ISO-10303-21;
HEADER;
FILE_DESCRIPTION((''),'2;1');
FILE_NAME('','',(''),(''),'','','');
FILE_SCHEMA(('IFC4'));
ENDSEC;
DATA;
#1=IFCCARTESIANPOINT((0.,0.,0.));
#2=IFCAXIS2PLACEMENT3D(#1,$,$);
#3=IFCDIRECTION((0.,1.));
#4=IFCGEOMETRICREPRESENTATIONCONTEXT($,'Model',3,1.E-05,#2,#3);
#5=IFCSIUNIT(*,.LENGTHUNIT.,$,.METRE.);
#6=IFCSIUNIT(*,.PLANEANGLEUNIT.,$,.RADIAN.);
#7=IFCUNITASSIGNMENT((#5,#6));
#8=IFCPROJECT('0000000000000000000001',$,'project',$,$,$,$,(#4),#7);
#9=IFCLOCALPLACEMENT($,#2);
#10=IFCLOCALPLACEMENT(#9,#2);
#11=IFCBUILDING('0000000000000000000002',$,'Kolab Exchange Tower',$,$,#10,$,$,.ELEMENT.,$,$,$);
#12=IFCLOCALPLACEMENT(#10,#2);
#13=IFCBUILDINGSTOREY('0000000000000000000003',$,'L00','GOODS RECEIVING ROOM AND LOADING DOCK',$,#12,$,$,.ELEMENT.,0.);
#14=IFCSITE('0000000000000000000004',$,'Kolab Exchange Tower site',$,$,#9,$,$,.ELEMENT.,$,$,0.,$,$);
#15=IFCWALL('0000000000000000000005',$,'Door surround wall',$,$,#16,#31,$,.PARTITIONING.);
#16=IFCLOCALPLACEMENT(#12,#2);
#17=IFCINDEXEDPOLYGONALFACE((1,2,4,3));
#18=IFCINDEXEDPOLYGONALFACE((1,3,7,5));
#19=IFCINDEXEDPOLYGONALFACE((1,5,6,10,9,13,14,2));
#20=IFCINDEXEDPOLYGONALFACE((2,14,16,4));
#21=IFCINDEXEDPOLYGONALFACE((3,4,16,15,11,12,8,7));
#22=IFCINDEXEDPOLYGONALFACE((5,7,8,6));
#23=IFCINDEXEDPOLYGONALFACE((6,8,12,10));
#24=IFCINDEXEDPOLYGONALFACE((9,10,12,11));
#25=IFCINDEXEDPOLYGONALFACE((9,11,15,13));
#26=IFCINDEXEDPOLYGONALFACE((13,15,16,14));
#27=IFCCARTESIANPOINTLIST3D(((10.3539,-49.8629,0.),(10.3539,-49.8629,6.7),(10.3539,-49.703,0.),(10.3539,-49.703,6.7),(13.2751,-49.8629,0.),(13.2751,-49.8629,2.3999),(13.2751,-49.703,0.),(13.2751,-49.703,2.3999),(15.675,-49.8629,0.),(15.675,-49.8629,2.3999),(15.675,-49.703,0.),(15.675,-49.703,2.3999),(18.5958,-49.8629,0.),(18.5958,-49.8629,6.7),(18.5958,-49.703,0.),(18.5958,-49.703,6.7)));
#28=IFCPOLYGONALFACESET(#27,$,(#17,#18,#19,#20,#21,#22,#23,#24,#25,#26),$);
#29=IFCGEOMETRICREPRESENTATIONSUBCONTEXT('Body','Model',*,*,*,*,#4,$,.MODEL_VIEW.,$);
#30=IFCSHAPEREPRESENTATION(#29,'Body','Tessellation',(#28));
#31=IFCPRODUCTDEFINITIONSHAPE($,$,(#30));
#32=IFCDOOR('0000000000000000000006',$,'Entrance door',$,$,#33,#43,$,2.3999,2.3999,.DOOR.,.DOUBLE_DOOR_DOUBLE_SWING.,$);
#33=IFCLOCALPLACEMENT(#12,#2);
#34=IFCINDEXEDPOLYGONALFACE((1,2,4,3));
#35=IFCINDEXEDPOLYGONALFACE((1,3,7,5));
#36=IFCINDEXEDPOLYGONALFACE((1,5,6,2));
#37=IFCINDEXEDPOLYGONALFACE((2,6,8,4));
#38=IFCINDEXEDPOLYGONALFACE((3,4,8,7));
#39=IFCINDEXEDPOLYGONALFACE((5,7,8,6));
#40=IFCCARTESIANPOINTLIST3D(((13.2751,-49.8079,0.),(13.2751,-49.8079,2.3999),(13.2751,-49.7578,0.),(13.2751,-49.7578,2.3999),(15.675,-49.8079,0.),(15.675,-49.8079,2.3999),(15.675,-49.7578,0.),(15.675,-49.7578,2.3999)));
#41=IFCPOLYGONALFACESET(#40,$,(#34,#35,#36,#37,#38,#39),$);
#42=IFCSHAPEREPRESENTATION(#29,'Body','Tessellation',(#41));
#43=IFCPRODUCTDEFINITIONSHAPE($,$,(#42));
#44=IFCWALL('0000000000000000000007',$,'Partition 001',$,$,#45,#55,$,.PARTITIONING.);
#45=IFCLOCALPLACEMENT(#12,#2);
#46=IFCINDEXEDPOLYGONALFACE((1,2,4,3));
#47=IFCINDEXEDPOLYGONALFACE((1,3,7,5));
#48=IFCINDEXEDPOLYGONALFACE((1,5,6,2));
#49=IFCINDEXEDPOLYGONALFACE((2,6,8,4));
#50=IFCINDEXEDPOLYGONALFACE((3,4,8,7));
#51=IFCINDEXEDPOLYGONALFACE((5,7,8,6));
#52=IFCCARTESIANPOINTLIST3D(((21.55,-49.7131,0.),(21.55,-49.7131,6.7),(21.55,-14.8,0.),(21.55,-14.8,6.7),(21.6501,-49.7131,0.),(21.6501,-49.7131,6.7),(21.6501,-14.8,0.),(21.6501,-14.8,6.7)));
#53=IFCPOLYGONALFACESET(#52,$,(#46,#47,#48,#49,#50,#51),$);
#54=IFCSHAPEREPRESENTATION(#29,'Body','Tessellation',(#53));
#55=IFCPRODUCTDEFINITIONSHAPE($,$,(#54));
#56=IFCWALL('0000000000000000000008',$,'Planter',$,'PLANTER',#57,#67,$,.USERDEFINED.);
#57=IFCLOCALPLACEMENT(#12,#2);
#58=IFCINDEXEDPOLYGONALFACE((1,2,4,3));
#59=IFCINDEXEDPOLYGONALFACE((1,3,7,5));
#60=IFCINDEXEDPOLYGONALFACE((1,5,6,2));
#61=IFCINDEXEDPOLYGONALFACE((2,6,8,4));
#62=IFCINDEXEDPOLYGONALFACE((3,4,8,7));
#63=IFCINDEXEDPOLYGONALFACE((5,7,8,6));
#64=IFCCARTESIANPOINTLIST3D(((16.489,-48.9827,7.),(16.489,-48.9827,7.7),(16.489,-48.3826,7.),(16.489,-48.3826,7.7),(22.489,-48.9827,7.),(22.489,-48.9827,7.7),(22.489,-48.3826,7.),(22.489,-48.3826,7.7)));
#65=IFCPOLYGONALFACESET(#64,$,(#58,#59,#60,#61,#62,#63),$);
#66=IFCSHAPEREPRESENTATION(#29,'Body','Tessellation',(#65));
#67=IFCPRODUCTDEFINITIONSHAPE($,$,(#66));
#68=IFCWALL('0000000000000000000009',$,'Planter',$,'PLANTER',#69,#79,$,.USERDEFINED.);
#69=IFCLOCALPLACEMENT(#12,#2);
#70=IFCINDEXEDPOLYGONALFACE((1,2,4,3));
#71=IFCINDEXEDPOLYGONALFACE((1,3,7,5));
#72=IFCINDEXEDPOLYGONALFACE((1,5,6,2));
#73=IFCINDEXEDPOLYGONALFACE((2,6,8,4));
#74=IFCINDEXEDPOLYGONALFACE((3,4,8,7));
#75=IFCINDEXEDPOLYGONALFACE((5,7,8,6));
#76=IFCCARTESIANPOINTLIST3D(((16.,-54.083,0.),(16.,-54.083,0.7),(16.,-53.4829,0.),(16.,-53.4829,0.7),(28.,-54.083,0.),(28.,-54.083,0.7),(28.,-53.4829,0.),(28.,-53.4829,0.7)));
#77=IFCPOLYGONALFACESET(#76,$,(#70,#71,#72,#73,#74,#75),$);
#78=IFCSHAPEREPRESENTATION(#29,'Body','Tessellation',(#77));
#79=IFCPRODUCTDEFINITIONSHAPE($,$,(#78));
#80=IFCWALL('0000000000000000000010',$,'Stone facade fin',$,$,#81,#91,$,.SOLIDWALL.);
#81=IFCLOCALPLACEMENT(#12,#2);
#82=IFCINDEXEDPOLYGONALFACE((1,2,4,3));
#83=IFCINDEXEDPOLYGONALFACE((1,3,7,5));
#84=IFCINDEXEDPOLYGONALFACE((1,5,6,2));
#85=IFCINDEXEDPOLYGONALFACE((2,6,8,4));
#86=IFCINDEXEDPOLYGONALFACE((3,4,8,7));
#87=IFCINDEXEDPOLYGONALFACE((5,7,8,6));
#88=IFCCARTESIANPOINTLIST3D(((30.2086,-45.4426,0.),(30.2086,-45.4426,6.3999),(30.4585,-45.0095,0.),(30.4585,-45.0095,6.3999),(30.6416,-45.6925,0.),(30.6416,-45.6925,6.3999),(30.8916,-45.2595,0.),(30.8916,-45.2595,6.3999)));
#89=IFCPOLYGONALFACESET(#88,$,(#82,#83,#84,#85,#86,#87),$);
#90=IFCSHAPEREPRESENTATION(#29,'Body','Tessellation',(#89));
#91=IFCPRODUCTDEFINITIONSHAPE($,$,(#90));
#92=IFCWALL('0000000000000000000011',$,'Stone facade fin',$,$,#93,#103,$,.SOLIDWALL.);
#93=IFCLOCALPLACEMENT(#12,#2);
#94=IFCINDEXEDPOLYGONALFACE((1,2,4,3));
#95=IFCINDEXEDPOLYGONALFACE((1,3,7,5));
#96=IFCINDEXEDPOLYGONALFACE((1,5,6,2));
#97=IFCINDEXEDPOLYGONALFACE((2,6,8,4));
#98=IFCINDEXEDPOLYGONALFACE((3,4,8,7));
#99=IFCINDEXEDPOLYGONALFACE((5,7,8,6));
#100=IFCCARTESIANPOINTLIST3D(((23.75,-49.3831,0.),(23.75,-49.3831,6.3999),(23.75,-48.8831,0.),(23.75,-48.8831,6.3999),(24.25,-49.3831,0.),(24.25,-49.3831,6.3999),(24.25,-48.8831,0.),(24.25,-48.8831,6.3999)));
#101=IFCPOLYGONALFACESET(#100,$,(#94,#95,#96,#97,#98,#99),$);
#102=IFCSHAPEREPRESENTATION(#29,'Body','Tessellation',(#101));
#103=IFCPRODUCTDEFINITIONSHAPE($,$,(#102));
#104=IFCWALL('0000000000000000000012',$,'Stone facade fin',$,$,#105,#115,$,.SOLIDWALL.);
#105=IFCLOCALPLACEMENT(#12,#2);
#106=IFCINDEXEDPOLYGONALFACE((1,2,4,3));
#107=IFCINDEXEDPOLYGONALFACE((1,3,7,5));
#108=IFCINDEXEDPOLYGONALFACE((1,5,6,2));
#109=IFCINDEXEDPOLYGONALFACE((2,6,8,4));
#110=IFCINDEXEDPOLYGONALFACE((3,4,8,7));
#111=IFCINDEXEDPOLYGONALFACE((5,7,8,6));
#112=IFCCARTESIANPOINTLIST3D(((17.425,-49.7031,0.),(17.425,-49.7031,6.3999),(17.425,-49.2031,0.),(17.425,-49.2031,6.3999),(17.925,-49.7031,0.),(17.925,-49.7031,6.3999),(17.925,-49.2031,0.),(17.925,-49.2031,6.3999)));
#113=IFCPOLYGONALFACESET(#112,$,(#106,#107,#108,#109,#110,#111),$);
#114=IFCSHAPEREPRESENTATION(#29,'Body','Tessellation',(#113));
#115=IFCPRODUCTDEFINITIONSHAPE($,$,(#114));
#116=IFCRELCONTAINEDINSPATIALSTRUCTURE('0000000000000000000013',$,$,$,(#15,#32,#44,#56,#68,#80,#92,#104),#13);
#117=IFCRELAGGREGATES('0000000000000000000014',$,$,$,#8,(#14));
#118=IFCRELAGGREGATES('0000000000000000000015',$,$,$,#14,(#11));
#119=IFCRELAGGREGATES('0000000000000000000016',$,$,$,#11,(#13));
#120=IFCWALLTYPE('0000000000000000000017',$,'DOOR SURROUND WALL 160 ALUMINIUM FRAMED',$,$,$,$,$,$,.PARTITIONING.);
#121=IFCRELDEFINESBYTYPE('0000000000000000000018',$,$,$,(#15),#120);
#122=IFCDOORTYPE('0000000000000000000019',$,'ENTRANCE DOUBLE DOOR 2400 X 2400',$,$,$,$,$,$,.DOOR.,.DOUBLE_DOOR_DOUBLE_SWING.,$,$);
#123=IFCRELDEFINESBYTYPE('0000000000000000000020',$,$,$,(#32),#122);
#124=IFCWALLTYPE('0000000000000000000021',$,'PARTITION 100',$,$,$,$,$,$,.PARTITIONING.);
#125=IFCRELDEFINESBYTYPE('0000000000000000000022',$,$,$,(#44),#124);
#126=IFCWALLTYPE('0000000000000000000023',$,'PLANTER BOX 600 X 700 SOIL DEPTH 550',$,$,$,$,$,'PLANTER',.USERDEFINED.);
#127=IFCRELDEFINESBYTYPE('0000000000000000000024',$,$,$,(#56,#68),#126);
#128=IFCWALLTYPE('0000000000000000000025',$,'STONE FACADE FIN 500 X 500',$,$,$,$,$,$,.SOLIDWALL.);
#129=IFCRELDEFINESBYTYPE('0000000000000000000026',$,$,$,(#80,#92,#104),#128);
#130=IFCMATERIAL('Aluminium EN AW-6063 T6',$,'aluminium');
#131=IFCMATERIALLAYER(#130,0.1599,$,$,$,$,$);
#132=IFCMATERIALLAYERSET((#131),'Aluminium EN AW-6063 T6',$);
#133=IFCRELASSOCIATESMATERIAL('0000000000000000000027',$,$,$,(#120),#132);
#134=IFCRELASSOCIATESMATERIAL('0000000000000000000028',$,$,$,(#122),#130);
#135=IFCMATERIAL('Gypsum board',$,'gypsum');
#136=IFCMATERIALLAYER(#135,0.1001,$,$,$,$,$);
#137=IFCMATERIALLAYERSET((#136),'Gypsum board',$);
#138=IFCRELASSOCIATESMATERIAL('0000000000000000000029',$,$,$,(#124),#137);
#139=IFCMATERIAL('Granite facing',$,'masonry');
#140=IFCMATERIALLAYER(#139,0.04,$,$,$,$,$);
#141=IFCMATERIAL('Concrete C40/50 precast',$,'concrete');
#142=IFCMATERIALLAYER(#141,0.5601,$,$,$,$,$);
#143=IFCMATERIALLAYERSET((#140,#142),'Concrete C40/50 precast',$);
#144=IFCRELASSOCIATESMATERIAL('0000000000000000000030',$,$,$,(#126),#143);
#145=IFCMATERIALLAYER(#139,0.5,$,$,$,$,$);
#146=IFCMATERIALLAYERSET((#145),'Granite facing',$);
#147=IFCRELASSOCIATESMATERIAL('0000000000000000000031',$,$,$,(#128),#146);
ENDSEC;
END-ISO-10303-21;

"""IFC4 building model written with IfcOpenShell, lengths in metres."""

from ifc_helpers import new_model, si_unit, direction, frame, frame_2d, origin, place, context, subcontext, project, spatial, rectangle, extrude, material, layer, layer_set, type_object, element, fill, save


model = new_model("IFC4")

# Units and contexts
model_context = context("Model", 3, precision=1e-05, world=origin(), true_north=direction((0.0, 1.0)))
body_context = subcontext(model_context, "Body", "Model", "MODEL_VIEW")
ifc_project = project(units=[si_unit("LENGTHUNIT", "METRE"), si_unit("PLANEANGLEUNIT", "RADIAN")], contexts=[model_context])

# Site, building, storey
site_placement = place(None, origin())
site = spatial("IfcSite", under=ifc_project, at=site_placement, Name="Kolab Exchange Tower site", CompositionType="ELEMENT", RefElevation=0.0)
building_placement = place(site_placement, origin())
building = spatial("IfcBuilding", under=site, at=building_placement, Name="Kolab Exchange Tower", CompositionType="ELEMENT")
storey_placement = place(building_placement, origin())
storey = spatial("IfcBuildingStorey", under=building, at=storey_placement, Name="L00", Description="GOODS RECEIVING ROOM AND LOADING DOCK", CompositionType="ELEMENT", Elevation=0.0)

# Shared definitions
ifc_material_1 = material(Name="Aluminium EN AW-6063 T6", Category="aluminium")

# Wall, opening, door
ifc_layer_1 = layer(ifc_material_1, 0.1599)
ifc_layer_set_1 = layer_set([ifc_layer_1], Name="Aluminium EN AW-6063 T6")
wall_type_1 = type_object("IfcWallType", Name="DOOR SURROUND WALL 160 ALUMINIUM FRAMED", PredefinedType="PARTITIONING", material=ifc_layer_set_1)
door_type = type_object("IfcDoorType", Name="ENTRANCE DOUBLE DOOR 2400 X 2400", OperationType="DOUBLE_DOOR_DOUBLE_SWING", PredefinedType="DOOR", material=ifc_material_1)
wall_1_placement = place(storey_placement, frame((18.5959, -49.783, 0.0), z_axis=(0.0, 0.0, 1.0), x_axis=(-1.0, 0.0, 0.0)))
wall_1 = element("IfcWall", 1, at=wall_1_placement, inside=storey, type_object=wall_type_1, Name="Door surround wall", PredefinedType="PARTITIONING", context=body_context, shape_type="SweptSolid", body=[
    extrude(rectangle(XDim=8.2419, YDim=0.1599, at=frame_2d((4.1211, 0.0))), origin(), (0.0, 0.0, 1.0), 6.7),
])
opening_1_placement = place(wall_1_placement, frame((2.9209, 0.0, 0.0)))
opening_1 = element("IfcOpeningElement", 2, at=opening_1_placement, cuts=wall_1, PredefinedType="OPENING", context=body_context, shape_type="SweptSolid", body=[
    extrude(rectangle(XDim=2.3999, YDim=2.3999, at=frame_2d((1.2, 1.2))), frame((0.0, 0.0898, 0.0), z_axis=(0.0, -1.0, 0.0), x_axis=(1.0, 0.0, 0.0)), (0.0, 0.0, 1.0), 0.1799),
])
door_1_placement = place(opening_1_placement, origin())
door_1 = element("IfcDoor", 3, at=door_1_placement, inside=storey, type_object=door_type, Name="Entrance door", OperationType="DOUBLE_DOOR_DOUBLE_SWING", OverallHeight=2.3999, OverallWidth=2.3999, PredefinedType="DOOR", context=body_context, shape_type="SweptSolid", body=[
    extrude(rectangle(XDim=2.3999, YDim=2.3999, at=frame_2d((1.2, 1.2))), frame((0.0, 0.0249, 0.0), z_axis=(0.0, -1.0, 0.0), x_axis=(1.0, 0.0, 0.0)), (0.0, 0.0, 1.0), 0.05),
])
fill(opening_1, door_1)

# Walls
ifc_material_2 = material(Name="Gypsum board", Category="gypsum")
ifc_layer_2 = layer(ifc_material_2, 0.1001)
ifc_layer_set_2 = layer_set([ifc_layer_2], Name="Gypsum board")
wall_type_2 = type_object("IfcWallType", Name="PARTITION 100", PredefinedType="PARTITIONING", material=ifc_layer_set_2)
wall_2_placement = place(storey_placement, frame((21.6001, -49.7131, 0.0), z_axis=(0.0, 0.0, 1.0), x_axis=(0.0, 1.0, 0.0)))
element("IfcWall", 4, at=wall_2_placement, inside=storey, type_object=wall_type_2, Name="Partition 001", PredefinedType="PARTITIONING", context=body_context, shape_type="SweptSolid", body=[
    extrude(rectangle(XDim=34.9131, YDim=0.1001, at=frame_2d((17.4565, 0.0))), origin(), (0.0, 0.0, 1.0), 6.7),
])
ifc_material_3 = material(Name="Granite facing", Category="masonry")
ifc_layer_3 = layer(ifc_material_3, 0.04)
ifc_material_4 = material(Name="Concrete C40/50 precast", Category="concrete")
ifc_layer_4 = layer(ifc_material_4, 0.5601)
ifc_layer_set_3 = layer_set([ifc_layer_3, ifc_layer_4], Name="Concrete C40/50 precast")
wall_type_3 = type_object("IfcWallType", Name="PLANTER BOX 600 X 700 SOIL DEPTH 550", ElementType="PLANTER", PredefinedType="USERDEFINED", material=ifc_layer_set_3)
wall_3_placement = place(storey_placement, frame((22.489, -48.6826, 7.0), z_axis=(0.0, 0.0, 1.0), x_axis=(-1.0, 0.0, 0.0)))
element("IfcWall", 5, at=wall_3_placement, inside=storey, type_object=wall_type_3, Name="Planter", ObjectType="PLANTER", PredefinedType="USERDEFINED", context=body_context, shape_type="SweptSolid", body=[
    extrude(rectangle(XDim=6.0, YDim=0.6001, at=frame_2d((3.0, 0.0))), origin(), (0.0, 0.0, 1.0), 0.7),
])
wall_4_placement = place(storey_placement, frame((28.0, -53.783, 0.0), z_axis=(0.0, 0.0, 1.0), x_axis=(-1.0, 0.0, 0.0)))
element("IfcWall", 6, at=wall_4_placement, inside=storey, type_object=wall_type_3, Name="Planter", ObjectType="PLANTER", PredefinedType="USERDEFINED", context=body_context, shape_type="SweptSolid", body=[
    extrude(rectangle(XDim=12.0, YDim=0.6001, at=frame_2d((6.0, 0.0))), origin(), (0.0, 0.0, 1.0), 0.7),
])
ifc_layer_5 = layer(ifc_material_3, 0.5)
ifc_layer_set_4 = layer_set([ifc_layer_5], Name="Granite facing")
wall_type_4 = type_object("IfcWallType", Name="STONE FACADE FIN 500 X 500", PredefinedType="SOLIDWALL", material=ifc_layer_set_4)
for number, where, z_axis, x_axis, name in (
    (7, (30.675, -45.1345, 0.0), (0.0, 0.0, 1.0), (-0.49992, -0.866072, 0.0), "Stone facade fin"),
    (8, (24.25, -49.1331, 0.0), (0.0, 0.0, 1.0), (-1.0, 0.0, 0.0), "Stone facade fin"),
    (9, (17.925, -49.4531, 0.0), (0.0, 0.0, 1.0), (-1.0, 0.0, 0.0), "Stone facade fin"),
):
    element("IfcWall", number, at=place(storey_placement, frame(where, z_axis=z_axis, x_axis=x_axis)), inside=storey, type_object=wall_type_4, Name=name, PredefinedType="SOLIDWALL", context=body_context, shape_type="SweptSolid", body=[
        extrude(rectangle(XDim=0.5, YDim=0.5, at=frame_2d((0.25, 0.0))), origin(), (0.0, 0.0, 1.0), 6.3999),
    ])

save(model, "model.ifc")
